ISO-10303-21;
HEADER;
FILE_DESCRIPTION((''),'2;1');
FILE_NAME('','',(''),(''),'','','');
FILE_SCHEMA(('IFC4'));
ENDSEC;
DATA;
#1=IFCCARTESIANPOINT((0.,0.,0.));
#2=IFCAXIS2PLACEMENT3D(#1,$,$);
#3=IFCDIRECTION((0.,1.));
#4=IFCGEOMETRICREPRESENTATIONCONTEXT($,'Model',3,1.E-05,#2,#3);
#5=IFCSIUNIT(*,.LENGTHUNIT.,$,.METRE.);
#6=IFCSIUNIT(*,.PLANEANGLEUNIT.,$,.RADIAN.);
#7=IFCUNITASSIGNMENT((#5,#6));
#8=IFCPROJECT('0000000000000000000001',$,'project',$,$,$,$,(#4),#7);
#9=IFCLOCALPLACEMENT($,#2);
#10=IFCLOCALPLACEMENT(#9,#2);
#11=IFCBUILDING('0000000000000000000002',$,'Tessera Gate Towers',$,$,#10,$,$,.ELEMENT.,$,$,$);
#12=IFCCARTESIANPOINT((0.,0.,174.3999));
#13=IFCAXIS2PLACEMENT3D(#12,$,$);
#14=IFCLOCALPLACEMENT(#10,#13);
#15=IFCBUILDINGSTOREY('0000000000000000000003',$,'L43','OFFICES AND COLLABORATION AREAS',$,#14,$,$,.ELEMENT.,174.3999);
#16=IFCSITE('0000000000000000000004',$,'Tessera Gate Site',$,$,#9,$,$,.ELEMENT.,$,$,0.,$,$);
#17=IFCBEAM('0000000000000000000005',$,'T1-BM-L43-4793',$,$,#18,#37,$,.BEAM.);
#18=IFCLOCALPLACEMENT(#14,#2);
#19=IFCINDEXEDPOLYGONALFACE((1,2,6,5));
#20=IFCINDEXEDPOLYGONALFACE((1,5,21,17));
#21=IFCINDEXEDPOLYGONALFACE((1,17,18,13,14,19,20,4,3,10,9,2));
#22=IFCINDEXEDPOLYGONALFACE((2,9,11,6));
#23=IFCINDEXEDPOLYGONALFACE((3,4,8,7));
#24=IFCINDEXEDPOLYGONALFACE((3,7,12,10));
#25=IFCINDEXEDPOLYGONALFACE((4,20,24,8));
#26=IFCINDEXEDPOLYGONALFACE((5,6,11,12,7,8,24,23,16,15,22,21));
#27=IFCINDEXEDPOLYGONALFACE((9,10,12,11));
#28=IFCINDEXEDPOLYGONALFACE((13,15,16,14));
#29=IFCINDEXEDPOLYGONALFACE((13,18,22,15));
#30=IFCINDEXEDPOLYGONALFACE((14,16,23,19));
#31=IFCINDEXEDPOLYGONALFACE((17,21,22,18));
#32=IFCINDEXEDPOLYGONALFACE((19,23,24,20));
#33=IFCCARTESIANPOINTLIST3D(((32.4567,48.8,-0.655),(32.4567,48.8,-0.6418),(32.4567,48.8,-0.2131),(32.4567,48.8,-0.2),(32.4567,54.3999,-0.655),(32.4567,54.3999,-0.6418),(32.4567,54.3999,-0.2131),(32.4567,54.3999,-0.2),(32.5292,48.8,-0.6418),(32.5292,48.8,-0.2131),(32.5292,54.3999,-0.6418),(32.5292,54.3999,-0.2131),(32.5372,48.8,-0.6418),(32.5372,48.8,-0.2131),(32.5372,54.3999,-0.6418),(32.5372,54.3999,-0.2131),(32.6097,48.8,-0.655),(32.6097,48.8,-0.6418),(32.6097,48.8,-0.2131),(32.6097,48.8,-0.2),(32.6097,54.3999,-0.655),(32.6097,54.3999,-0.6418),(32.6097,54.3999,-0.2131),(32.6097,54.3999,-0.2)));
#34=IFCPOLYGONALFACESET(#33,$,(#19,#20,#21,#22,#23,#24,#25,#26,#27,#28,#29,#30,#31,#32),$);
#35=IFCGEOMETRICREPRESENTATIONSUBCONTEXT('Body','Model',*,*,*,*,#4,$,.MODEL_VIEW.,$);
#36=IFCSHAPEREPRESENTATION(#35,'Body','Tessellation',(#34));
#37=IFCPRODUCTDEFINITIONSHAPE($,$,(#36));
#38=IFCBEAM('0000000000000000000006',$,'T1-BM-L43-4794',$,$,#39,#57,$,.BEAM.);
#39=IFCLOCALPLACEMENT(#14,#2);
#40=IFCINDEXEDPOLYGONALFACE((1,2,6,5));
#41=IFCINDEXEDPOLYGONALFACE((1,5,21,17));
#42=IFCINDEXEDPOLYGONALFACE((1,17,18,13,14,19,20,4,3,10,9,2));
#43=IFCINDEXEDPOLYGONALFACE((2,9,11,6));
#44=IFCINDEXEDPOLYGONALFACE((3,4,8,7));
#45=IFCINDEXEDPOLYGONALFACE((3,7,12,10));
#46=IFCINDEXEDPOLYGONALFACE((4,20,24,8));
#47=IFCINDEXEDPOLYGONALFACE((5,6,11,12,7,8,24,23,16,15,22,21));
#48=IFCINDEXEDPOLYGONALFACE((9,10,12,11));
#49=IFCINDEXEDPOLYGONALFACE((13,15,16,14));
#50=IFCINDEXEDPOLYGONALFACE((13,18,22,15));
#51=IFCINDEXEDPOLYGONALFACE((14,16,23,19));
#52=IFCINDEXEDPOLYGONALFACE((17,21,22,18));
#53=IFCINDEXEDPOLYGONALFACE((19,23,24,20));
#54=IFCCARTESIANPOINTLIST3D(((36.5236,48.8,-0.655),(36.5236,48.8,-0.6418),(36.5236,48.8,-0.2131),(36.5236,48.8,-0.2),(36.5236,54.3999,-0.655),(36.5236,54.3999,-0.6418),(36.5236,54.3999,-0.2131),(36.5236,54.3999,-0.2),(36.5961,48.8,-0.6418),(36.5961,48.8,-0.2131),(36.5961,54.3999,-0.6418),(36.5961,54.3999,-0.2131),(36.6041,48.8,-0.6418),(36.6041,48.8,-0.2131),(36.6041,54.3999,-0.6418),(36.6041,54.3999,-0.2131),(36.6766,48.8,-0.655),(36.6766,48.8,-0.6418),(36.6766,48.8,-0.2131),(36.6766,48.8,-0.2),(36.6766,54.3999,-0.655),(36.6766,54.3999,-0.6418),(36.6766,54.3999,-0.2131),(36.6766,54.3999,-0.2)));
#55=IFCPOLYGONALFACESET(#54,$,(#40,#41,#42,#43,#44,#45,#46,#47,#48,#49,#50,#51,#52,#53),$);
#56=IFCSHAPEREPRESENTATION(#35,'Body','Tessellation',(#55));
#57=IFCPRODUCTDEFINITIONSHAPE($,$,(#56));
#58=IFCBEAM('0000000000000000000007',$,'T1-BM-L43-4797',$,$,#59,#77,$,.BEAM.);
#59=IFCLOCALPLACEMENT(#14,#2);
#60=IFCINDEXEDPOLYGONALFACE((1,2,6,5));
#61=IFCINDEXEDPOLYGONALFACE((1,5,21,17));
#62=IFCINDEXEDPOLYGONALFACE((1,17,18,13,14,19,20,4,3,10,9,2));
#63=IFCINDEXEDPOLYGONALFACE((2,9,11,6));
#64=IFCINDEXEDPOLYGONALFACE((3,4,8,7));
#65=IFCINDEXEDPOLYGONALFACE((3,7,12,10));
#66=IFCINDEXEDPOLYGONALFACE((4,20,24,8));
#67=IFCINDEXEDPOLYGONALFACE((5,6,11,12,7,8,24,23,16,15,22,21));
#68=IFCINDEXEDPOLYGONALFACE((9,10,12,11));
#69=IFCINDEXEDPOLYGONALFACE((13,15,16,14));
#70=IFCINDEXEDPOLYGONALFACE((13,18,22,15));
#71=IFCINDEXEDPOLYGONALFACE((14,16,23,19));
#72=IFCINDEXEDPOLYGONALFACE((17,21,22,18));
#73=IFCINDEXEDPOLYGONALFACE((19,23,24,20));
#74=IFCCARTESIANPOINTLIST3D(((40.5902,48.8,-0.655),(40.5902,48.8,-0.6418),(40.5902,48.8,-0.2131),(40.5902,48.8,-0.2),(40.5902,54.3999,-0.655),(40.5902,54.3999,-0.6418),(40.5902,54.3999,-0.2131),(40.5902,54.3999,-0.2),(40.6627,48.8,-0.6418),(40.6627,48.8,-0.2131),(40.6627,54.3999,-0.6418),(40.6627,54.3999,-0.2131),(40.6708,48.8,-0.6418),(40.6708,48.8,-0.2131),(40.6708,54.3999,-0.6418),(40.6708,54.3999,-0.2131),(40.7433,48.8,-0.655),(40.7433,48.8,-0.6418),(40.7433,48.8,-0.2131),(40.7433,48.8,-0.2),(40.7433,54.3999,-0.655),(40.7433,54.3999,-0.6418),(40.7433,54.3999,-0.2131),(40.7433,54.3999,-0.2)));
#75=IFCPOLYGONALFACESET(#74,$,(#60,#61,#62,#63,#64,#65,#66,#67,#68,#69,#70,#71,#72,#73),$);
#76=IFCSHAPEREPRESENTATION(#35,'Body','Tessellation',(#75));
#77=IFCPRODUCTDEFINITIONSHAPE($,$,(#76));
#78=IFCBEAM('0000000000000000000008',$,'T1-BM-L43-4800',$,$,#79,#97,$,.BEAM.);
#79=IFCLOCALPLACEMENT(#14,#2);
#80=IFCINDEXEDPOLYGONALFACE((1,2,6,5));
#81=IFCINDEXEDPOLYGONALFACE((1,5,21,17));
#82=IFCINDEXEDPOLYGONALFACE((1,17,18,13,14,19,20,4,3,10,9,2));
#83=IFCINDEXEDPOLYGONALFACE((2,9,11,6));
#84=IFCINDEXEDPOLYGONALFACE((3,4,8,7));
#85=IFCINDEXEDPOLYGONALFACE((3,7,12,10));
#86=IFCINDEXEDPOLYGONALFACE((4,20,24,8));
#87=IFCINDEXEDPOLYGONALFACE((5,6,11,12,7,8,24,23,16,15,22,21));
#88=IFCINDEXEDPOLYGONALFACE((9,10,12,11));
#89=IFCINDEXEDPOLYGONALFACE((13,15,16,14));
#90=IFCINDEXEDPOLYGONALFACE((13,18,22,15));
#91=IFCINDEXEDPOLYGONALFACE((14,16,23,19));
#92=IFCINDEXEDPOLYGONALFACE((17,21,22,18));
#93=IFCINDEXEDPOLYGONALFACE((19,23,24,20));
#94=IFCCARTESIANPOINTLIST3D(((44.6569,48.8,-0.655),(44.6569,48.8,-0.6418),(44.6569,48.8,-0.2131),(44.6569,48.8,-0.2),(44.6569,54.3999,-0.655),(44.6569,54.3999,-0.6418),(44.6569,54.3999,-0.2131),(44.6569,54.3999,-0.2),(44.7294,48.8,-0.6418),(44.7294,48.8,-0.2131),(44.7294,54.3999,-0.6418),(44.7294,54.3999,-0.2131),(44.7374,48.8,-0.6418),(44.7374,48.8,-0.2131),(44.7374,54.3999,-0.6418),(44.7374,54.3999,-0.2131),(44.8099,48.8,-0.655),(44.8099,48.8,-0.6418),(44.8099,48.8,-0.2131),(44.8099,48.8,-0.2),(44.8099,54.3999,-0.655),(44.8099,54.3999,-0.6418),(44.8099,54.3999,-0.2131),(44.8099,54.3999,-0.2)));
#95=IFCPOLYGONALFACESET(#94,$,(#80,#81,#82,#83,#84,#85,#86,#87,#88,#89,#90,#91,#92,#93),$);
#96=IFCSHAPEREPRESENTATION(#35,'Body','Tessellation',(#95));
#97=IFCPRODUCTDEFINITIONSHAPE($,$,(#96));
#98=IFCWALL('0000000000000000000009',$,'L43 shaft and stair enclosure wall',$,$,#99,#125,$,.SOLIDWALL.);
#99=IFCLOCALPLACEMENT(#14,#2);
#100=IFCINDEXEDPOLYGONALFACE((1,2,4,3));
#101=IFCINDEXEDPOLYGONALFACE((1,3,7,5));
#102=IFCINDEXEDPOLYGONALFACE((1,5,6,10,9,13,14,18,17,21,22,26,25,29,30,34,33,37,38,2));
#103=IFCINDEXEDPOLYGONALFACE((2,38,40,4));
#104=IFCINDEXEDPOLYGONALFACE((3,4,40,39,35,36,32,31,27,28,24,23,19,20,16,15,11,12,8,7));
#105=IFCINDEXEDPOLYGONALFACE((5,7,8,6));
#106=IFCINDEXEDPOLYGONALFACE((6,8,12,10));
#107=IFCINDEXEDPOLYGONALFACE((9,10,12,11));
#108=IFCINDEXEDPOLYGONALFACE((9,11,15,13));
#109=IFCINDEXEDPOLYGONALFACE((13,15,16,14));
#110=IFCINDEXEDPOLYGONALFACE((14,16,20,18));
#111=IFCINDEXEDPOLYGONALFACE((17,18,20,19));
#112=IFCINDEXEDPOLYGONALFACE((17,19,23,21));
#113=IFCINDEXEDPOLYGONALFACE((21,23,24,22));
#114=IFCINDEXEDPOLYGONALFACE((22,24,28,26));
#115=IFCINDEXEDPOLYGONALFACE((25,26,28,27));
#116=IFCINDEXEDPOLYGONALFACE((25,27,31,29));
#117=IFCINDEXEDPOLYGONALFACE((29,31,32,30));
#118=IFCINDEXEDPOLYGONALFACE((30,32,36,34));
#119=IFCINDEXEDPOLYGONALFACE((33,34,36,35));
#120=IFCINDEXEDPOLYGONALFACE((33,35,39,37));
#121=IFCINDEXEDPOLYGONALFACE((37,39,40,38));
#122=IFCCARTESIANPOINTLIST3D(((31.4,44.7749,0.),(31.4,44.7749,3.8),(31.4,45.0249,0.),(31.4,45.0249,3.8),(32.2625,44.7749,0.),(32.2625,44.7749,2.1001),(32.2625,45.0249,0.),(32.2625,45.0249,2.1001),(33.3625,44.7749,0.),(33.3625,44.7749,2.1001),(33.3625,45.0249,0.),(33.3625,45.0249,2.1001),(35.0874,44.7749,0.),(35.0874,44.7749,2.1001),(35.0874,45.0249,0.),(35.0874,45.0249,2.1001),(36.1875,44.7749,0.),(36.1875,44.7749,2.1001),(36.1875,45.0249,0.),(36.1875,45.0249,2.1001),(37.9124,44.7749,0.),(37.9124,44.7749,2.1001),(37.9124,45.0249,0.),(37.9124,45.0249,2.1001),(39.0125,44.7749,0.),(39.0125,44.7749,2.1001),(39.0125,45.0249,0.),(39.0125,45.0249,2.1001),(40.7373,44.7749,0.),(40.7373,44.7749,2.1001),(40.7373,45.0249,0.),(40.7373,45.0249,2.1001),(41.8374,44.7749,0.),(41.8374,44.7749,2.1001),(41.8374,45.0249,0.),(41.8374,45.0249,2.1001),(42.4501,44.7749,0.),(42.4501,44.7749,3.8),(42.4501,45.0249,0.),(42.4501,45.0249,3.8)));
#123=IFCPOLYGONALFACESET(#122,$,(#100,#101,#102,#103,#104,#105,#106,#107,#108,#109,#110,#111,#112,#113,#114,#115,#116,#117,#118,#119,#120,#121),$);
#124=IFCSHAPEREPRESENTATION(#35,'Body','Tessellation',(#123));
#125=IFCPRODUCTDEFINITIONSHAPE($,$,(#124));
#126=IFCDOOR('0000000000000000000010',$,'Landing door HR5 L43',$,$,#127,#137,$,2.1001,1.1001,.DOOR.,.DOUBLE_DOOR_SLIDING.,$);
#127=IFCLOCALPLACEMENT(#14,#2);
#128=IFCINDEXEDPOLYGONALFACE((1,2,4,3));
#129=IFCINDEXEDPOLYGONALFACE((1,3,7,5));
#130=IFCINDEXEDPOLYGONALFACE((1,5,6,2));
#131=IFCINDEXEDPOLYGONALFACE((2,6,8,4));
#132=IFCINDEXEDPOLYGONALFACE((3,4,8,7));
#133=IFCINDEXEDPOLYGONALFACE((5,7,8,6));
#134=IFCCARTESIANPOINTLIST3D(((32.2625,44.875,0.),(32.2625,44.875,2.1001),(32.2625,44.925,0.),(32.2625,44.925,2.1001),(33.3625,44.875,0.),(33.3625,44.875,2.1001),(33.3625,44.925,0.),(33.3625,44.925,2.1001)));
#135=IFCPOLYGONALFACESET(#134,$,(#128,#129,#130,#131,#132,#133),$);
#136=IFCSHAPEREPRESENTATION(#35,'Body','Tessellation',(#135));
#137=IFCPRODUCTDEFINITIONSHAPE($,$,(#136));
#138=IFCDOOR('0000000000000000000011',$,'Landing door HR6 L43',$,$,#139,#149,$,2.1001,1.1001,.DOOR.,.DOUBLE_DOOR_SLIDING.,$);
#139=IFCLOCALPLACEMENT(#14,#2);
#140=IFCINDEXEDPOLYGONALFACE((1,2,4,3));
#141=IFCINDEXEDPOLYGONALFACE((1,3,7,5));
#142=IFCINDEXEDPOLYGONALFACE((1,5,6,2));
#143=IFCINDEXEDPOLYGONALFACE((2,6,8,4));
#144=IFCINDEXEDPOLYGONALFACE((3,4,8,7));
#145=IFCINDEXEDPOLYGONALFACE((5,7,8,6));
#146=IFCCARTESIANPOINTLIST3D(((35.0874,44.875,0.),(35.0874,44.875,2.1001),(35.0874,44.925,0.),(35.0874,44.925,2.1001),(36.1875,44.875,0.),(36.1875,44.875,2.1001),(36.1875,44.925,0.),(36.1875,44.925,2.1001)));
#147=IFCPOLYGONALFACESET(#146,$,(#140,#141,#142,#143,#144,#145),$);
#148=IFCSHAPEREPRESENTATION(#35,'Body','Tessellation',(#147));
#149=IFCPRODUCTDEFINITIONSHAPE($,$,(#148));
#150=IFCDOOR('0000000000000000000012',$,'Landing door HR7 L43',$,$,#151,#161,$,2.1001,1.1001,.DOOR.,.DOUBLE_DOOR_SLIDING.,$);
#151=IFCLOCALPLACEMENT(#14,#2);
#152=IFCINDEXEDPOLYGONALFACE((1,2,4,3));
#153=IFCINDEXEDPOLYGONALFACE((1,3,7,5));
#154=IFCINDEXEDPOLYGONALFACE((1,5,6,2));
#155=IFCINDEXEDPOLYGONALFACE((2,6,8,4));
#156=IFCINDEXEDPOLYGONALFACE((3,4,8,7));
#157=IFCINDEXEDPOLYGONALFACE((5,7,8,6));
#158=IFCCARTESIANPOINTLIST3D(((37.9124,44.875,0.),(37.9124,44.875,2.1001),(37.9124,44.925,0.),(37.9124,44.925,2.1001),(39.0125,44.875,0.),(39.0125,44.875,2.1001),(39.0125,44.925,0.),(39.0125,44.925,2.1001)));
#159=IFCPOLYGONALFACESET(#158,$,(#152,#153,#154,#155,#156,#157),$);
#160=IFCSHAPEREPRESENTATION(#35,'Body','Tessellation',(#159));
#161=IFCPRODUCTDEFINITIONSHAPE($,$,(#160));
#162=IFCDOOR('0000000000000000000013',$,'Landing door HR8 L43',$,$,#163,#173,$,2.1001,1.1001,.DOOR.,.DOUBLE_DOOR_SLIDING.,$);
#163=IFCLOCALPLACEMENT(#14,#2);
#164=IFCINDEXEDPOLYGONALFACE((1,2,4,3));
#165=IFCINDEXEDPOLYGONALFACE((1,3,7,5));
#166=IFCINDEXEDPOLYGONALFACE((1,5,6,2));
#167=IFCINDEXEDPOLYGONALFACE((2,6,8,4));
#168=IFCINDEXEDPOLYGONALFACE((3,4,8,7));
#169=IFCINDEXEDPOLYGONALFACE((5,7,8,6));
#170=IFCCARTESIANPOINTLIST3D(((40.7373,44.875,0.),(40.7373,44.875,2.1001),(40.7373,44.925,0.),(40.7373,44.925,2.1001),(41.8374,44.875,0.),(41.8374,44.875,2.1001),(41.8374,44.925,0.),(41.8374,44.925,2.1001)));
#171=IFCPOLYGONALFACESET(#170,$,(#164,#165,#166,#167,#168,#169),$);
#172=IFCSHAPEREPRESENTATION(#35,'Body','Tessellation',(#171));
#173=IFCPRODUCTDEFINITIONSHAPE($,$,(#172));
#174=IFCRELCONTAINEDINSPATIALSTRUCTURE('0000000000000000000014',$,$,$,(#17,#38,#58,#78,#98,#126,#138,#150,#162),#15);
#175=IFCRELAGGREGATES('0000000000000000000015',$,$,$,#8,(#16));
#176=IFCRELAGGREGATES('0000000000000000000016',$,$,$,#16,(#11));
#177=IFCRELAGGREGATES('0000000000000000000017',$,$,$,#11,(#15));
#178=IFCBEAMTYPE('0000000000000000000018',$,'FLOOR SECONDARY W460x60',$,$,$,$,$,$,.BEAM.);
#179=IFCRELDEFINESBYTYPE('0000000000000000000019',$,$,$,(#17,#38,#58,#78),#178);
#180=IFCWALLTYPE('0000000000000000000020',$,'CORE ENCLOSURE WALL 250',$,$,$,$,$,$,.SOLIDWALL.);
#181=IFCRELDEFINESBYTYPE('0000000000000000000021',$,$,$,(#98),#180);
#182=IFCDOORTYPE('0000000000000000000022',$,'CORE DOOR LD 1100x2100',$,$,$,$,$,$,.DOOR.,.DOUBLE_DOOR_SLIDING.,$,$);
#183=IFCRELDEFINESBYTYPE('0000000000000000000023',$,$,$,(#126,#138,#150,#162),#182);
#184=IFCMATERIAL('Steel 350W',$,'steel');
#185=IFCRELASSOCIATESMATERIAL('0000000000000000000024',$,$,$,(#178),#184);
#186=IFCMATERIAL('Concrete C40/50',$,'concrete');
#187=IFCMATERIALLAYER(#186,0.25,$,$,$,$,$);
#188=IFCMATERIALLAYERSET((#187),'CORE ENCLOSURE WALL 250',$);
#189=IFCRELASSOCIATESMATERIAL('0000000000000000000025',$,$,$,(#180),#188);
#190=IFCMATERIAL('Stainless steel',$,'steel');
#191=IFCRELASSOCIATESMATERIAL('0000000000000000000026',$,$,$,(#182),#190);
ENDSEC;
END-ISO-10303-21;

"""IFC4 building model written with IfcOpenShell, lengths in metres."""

from ifc_helpers import new_model, si_unit, direction, frame, frame_2d, origin, origin_2d, place, context, subcontext, project, spatial, rectangle, i_section, extrude, source, transform, mapped, material, layer, layer_set, material_profile, profile_set, type_object, element, fill, save


model = new_model("IFC4")

# Units and contexts
model_context = context("Model", 3, precision=1e-05, world=origin(), true_north=direction((0.0, 1.0)))
body_context = subcontext(model_context, "Body", "Model", "MODEL_VIEW")
ifc_project = project(units=[si_unit("LENGTHUNIT", "METRE"), si_unit("PLANEANGLEUNIT", "RADIAN")], contexts=[model_context])

# Site, building, storey
site_placement = place(None, origin())
site = spatial("IfcSite", under=ifc_project, at=site_placement, Name="Tessera Gate Site", CompositionType="ELEMENT", RefElevation=0.0)
building_placement = place(site_placement, origin())
building = spatial("IfcBuilding", under=site, at=building_placement, Name="Tessera Gate Towers", CompositionType="ELEMENT")
storey_placement = place(building_placement, frame((0.0, 0.0, 174.3999)))
storey = spatial("IfcBuildingStorey", under=building, at=storey_placement, Name="L43", Description="OFFICES AND COLLABORATION AREAS", CompositionType="ELEMENT", Elevation=174.3999)

# Beams
ifc_material_1 = material(Name="Steel 350W", Category="steel")
ifc_material_profile = material_profile(ifc_material_1, i_section(OverallWidth=0.1531, OverallDepth=0.4551, WebThickness=0.0081, FlangeThickness=0.0132, at=origin_2d()), Name="W460x60")
ifc_profile_set = profile_set([ifc_material_profile], Name="Steel 350W")
beam_type = type_object("IfcBeamType", Name="FLOOR SECONDARY W460x60", PredefinedType="BEAM", material=ifc_profile_set)
for number, where, z_axis, x_axis, name in (
    (1, (32.5332, 48.8, -0.4275), (0.0, 1.0, 0.0), (-1.0, 0.0, 0.0), "T1-BM-L43-4793"),
    (2, (36.6001, 48.8, -0.4275), (0.0, 1.0, 0.0), (-1.0, 0.0, 0.0), "T1-BM-L43-4794"),
    (3, (40.6667, 48.8, -0.4275), (0.0, 1.0, 0.0), (-1.0, 0.0, 0.0), "T1-BM-L43-4797"),
    (4, (44.7334, 48.8, -0.4275), (0.0, 1.0, 0.0), (-1.0, 0.0, 0.0), "T1-BM-L43-4800"),
):
    element("IfcBeam", number, at=place(storey_placement, frame(where, z_axis=z_axis, x_axis=x_axis)), inside=storey, type_object=beam_type, Name=name, PredefinedType="BEAM", context=body_context, shape_type="SweptSolid", body=[
        extrude(i_section(OverallWidth=0.1531, OverallDepth=0.4551, WebThickness=0.0081, FlangeThickness=0.0132, at=origin_2d()), origin(), (0.0, 0.0, 1.0), 5.5999),
    ])

# Wall, openings, doors
ifc_material_2 = material(Name="Concrete C40/50", Category="concrete")
ifc_layer_1 = layer(ifc_material_2, 0.25)
ifc_layer_set_1 = layer_set([ifc_layer_1], Name="CORE ENCLOSURE WALL 250")
wall_type_1 = type_object("IfcWallType", Name="CORE ENCLOSURE WALL 250", PredefinedType="SOLIDWALL", material=ifc_layer_set_1)
wall_1_placement = place(storey_placement, frame((42.45, 44.8999, 0.0), z_axis=(0.0, 0.0, 1.0), x_axis=(-1.0, 0.0, 0.0)))
wall_1 = element("IfcWall", 5, at=wall_1_placement, inside=storey, type_object=wall_type_1, Name="L43 shaft and stair enclosure wall", PredefinedType="SOLIDWALL", context=body_context, shape_type="SweptSolid", body=[
    extrude(rectangle(XDim=11.05, YDim=0.25, at=frame_2d((5.5249, 0.0))), origin(), (0.0, 0.0, 1.0), 3.8),
])
shared_shape_1 = source(origin(), body_context, "Body", "SweptSolid", [
    extrude(rectangle(XDim=1.1001, YDim=2.1001, at=frame_2d((0.55, 1.05))), frame((0.0, 0.135, 0.0), z_axis=(0.0, -1.0, 0.0), x_axis=(1.0, 0.0, 0.0)), (0.0, 0.0, 1.0), 0.27),
])
opening_1_placement = place(wall_1_placement, frame((9.0874, 0.0, 0.0)))
opening_1 = element("IfcOpeningElement", 6, at=opening_1_placement, cuts=wall_1, PredefinedType="OPENING", context=body_context, shape_type="MappedRepresentation", body=[
    mapped(shared_shape_1, transform((0.0, 0.0, 0.0), scale=1.0)),
])
opening_2_placement = place(wall_1_placement, frame((6.2625, 0.0, 0.0)))
opening_2 = element("IfcOpeningElement", 7, at=opening_2_placement, cuts=wall_1, PredefinedType="OPENING", context=body_context, shape_type="MappedRepresentation", body=[
    mapped(shared_shape_1, transform((0.0, 0.0, 0.0), scale=1.0)),
])
opening_3_placement = place(wall_1_placement, frame((3.4375, 0.0, 0.0)))
opening_3 = element("IfcOpeningElement", 8, at=opening_3_placement, cuts=wall_1, PredefinedType="OPENING", context=body_context, shape_type="MappedRepresentation", body=[
    mapped(shared_shape_1, transform((0.0, 0.0, 0.0), scale=1.0)),
])
opening_4_placement = place(wall_1_placement, frame((0.6125, 0.0, 0.0)))
opening_4 = element("IfcOpeningElement", 9, at=opening_4_placement, cuts=wall_1, PredefinedType="OPENING", context=body_context, shape_type="MappedRepresentation", body=[
    mapped(shared_shape_1, transform((0.0, 0.0, 0.0), scale=1.0)),
])
ifc_material_3 = material(Name="Stainless steel", Category="steel")
door_type_1 = type_object("IfcDoorType", Name="CORE DOOR LD 1100x2100", OperationType="DOUBLE_DOOR_SLIDING", PredefinedType="DOOR", material=ifc_material_3)
shared_shape_2 = source(origin(), body_context, "Body", "SweptSolid", [
    extrude(rectangle(XDim=1.1001, YDim=2.1001, at=frame_2d((0.55, 1.05))), frame((0.0, 0.0249, 0.0), z_axis=(0.0, -1.0, 0.0), x_axis=(1.0, 0.0, 0.0)), (0.0, 0.0, 1.0), 0.05),
])
door_1_placement = place(opening_1_placement, origin())
door_1 = element("IfcDoor", 10, at=door_1_placement, inside=storey, type_object=door_type_1, Name="Landing door HR5 L43", OperationType="DOUBLE_DOOR_SLIDING", OverallHeight=2.1001, OverallWidth=1.1001, PredefinedType="DOOR", context=body_context, shape_type="MappedRepresentation", body=[
    mapped(shared_shape_2, transform((0.0, 0.0, 0.0), scale=1.0)),
])
fill(opening_1, door_1)
door_2_placement = place(opening_2_placement, origin())
door_2 = element("IfcDoor", 11, at=door_2_placement, inside=storey, type_object=door_type_1, Name="Landing door HR6 L43", OperationType="DOUBLE_DOOR_SLIDING", OverallHeight=2.1001, OverallWidth=1.1001, PredefinedType="DOOR", context=body_context, shape_type="MappedRepresentation", body=[
    mapped(shared_shape_2, transform((0.0, 0.0, 0.0), scale=1.0)),
])
fill(opening_2, door_2)
door_3_placement = place(opening_3_placement, origin())
door_3 = element("IfcDoor", 12, at=door_3_placement, inside=storey, type_object=door_type_1, Name="Landing door HR7 L43", OperationType="DOUBLE_DOOR_SLIDING", OverallHeight=2.1001, OverallWidth=1.1001, PredefinedType="DOOR", context=body_context, shape_type="MappedRepresentation", body=[
    mapped(shared_shape_2, transform((0.0, 0.0, 0.0), scale=1.0)),
])
fill(opening_3, door_3)
door_4_placement = place(opening_4_placement, origin())
door_4 = element("IfcDoor", 13, at=door_4_placement, inside=storey, type_object=door_type_1, Name="Landing door HR8 L43", OperationType="DOUBLE_DOOR_SLIDING", OverallHeight=2.1001, OverallWidth=1.1001, PredefinedType="DOOR", context=body_context, shape_type="MappedRepresentation", body=[
    mapped(shared_shape_2, transform((0.0, 0.0, 0.0), scale=1.0)),
])
fill(opening_4, door_4)

save(model, "model.ifc")
